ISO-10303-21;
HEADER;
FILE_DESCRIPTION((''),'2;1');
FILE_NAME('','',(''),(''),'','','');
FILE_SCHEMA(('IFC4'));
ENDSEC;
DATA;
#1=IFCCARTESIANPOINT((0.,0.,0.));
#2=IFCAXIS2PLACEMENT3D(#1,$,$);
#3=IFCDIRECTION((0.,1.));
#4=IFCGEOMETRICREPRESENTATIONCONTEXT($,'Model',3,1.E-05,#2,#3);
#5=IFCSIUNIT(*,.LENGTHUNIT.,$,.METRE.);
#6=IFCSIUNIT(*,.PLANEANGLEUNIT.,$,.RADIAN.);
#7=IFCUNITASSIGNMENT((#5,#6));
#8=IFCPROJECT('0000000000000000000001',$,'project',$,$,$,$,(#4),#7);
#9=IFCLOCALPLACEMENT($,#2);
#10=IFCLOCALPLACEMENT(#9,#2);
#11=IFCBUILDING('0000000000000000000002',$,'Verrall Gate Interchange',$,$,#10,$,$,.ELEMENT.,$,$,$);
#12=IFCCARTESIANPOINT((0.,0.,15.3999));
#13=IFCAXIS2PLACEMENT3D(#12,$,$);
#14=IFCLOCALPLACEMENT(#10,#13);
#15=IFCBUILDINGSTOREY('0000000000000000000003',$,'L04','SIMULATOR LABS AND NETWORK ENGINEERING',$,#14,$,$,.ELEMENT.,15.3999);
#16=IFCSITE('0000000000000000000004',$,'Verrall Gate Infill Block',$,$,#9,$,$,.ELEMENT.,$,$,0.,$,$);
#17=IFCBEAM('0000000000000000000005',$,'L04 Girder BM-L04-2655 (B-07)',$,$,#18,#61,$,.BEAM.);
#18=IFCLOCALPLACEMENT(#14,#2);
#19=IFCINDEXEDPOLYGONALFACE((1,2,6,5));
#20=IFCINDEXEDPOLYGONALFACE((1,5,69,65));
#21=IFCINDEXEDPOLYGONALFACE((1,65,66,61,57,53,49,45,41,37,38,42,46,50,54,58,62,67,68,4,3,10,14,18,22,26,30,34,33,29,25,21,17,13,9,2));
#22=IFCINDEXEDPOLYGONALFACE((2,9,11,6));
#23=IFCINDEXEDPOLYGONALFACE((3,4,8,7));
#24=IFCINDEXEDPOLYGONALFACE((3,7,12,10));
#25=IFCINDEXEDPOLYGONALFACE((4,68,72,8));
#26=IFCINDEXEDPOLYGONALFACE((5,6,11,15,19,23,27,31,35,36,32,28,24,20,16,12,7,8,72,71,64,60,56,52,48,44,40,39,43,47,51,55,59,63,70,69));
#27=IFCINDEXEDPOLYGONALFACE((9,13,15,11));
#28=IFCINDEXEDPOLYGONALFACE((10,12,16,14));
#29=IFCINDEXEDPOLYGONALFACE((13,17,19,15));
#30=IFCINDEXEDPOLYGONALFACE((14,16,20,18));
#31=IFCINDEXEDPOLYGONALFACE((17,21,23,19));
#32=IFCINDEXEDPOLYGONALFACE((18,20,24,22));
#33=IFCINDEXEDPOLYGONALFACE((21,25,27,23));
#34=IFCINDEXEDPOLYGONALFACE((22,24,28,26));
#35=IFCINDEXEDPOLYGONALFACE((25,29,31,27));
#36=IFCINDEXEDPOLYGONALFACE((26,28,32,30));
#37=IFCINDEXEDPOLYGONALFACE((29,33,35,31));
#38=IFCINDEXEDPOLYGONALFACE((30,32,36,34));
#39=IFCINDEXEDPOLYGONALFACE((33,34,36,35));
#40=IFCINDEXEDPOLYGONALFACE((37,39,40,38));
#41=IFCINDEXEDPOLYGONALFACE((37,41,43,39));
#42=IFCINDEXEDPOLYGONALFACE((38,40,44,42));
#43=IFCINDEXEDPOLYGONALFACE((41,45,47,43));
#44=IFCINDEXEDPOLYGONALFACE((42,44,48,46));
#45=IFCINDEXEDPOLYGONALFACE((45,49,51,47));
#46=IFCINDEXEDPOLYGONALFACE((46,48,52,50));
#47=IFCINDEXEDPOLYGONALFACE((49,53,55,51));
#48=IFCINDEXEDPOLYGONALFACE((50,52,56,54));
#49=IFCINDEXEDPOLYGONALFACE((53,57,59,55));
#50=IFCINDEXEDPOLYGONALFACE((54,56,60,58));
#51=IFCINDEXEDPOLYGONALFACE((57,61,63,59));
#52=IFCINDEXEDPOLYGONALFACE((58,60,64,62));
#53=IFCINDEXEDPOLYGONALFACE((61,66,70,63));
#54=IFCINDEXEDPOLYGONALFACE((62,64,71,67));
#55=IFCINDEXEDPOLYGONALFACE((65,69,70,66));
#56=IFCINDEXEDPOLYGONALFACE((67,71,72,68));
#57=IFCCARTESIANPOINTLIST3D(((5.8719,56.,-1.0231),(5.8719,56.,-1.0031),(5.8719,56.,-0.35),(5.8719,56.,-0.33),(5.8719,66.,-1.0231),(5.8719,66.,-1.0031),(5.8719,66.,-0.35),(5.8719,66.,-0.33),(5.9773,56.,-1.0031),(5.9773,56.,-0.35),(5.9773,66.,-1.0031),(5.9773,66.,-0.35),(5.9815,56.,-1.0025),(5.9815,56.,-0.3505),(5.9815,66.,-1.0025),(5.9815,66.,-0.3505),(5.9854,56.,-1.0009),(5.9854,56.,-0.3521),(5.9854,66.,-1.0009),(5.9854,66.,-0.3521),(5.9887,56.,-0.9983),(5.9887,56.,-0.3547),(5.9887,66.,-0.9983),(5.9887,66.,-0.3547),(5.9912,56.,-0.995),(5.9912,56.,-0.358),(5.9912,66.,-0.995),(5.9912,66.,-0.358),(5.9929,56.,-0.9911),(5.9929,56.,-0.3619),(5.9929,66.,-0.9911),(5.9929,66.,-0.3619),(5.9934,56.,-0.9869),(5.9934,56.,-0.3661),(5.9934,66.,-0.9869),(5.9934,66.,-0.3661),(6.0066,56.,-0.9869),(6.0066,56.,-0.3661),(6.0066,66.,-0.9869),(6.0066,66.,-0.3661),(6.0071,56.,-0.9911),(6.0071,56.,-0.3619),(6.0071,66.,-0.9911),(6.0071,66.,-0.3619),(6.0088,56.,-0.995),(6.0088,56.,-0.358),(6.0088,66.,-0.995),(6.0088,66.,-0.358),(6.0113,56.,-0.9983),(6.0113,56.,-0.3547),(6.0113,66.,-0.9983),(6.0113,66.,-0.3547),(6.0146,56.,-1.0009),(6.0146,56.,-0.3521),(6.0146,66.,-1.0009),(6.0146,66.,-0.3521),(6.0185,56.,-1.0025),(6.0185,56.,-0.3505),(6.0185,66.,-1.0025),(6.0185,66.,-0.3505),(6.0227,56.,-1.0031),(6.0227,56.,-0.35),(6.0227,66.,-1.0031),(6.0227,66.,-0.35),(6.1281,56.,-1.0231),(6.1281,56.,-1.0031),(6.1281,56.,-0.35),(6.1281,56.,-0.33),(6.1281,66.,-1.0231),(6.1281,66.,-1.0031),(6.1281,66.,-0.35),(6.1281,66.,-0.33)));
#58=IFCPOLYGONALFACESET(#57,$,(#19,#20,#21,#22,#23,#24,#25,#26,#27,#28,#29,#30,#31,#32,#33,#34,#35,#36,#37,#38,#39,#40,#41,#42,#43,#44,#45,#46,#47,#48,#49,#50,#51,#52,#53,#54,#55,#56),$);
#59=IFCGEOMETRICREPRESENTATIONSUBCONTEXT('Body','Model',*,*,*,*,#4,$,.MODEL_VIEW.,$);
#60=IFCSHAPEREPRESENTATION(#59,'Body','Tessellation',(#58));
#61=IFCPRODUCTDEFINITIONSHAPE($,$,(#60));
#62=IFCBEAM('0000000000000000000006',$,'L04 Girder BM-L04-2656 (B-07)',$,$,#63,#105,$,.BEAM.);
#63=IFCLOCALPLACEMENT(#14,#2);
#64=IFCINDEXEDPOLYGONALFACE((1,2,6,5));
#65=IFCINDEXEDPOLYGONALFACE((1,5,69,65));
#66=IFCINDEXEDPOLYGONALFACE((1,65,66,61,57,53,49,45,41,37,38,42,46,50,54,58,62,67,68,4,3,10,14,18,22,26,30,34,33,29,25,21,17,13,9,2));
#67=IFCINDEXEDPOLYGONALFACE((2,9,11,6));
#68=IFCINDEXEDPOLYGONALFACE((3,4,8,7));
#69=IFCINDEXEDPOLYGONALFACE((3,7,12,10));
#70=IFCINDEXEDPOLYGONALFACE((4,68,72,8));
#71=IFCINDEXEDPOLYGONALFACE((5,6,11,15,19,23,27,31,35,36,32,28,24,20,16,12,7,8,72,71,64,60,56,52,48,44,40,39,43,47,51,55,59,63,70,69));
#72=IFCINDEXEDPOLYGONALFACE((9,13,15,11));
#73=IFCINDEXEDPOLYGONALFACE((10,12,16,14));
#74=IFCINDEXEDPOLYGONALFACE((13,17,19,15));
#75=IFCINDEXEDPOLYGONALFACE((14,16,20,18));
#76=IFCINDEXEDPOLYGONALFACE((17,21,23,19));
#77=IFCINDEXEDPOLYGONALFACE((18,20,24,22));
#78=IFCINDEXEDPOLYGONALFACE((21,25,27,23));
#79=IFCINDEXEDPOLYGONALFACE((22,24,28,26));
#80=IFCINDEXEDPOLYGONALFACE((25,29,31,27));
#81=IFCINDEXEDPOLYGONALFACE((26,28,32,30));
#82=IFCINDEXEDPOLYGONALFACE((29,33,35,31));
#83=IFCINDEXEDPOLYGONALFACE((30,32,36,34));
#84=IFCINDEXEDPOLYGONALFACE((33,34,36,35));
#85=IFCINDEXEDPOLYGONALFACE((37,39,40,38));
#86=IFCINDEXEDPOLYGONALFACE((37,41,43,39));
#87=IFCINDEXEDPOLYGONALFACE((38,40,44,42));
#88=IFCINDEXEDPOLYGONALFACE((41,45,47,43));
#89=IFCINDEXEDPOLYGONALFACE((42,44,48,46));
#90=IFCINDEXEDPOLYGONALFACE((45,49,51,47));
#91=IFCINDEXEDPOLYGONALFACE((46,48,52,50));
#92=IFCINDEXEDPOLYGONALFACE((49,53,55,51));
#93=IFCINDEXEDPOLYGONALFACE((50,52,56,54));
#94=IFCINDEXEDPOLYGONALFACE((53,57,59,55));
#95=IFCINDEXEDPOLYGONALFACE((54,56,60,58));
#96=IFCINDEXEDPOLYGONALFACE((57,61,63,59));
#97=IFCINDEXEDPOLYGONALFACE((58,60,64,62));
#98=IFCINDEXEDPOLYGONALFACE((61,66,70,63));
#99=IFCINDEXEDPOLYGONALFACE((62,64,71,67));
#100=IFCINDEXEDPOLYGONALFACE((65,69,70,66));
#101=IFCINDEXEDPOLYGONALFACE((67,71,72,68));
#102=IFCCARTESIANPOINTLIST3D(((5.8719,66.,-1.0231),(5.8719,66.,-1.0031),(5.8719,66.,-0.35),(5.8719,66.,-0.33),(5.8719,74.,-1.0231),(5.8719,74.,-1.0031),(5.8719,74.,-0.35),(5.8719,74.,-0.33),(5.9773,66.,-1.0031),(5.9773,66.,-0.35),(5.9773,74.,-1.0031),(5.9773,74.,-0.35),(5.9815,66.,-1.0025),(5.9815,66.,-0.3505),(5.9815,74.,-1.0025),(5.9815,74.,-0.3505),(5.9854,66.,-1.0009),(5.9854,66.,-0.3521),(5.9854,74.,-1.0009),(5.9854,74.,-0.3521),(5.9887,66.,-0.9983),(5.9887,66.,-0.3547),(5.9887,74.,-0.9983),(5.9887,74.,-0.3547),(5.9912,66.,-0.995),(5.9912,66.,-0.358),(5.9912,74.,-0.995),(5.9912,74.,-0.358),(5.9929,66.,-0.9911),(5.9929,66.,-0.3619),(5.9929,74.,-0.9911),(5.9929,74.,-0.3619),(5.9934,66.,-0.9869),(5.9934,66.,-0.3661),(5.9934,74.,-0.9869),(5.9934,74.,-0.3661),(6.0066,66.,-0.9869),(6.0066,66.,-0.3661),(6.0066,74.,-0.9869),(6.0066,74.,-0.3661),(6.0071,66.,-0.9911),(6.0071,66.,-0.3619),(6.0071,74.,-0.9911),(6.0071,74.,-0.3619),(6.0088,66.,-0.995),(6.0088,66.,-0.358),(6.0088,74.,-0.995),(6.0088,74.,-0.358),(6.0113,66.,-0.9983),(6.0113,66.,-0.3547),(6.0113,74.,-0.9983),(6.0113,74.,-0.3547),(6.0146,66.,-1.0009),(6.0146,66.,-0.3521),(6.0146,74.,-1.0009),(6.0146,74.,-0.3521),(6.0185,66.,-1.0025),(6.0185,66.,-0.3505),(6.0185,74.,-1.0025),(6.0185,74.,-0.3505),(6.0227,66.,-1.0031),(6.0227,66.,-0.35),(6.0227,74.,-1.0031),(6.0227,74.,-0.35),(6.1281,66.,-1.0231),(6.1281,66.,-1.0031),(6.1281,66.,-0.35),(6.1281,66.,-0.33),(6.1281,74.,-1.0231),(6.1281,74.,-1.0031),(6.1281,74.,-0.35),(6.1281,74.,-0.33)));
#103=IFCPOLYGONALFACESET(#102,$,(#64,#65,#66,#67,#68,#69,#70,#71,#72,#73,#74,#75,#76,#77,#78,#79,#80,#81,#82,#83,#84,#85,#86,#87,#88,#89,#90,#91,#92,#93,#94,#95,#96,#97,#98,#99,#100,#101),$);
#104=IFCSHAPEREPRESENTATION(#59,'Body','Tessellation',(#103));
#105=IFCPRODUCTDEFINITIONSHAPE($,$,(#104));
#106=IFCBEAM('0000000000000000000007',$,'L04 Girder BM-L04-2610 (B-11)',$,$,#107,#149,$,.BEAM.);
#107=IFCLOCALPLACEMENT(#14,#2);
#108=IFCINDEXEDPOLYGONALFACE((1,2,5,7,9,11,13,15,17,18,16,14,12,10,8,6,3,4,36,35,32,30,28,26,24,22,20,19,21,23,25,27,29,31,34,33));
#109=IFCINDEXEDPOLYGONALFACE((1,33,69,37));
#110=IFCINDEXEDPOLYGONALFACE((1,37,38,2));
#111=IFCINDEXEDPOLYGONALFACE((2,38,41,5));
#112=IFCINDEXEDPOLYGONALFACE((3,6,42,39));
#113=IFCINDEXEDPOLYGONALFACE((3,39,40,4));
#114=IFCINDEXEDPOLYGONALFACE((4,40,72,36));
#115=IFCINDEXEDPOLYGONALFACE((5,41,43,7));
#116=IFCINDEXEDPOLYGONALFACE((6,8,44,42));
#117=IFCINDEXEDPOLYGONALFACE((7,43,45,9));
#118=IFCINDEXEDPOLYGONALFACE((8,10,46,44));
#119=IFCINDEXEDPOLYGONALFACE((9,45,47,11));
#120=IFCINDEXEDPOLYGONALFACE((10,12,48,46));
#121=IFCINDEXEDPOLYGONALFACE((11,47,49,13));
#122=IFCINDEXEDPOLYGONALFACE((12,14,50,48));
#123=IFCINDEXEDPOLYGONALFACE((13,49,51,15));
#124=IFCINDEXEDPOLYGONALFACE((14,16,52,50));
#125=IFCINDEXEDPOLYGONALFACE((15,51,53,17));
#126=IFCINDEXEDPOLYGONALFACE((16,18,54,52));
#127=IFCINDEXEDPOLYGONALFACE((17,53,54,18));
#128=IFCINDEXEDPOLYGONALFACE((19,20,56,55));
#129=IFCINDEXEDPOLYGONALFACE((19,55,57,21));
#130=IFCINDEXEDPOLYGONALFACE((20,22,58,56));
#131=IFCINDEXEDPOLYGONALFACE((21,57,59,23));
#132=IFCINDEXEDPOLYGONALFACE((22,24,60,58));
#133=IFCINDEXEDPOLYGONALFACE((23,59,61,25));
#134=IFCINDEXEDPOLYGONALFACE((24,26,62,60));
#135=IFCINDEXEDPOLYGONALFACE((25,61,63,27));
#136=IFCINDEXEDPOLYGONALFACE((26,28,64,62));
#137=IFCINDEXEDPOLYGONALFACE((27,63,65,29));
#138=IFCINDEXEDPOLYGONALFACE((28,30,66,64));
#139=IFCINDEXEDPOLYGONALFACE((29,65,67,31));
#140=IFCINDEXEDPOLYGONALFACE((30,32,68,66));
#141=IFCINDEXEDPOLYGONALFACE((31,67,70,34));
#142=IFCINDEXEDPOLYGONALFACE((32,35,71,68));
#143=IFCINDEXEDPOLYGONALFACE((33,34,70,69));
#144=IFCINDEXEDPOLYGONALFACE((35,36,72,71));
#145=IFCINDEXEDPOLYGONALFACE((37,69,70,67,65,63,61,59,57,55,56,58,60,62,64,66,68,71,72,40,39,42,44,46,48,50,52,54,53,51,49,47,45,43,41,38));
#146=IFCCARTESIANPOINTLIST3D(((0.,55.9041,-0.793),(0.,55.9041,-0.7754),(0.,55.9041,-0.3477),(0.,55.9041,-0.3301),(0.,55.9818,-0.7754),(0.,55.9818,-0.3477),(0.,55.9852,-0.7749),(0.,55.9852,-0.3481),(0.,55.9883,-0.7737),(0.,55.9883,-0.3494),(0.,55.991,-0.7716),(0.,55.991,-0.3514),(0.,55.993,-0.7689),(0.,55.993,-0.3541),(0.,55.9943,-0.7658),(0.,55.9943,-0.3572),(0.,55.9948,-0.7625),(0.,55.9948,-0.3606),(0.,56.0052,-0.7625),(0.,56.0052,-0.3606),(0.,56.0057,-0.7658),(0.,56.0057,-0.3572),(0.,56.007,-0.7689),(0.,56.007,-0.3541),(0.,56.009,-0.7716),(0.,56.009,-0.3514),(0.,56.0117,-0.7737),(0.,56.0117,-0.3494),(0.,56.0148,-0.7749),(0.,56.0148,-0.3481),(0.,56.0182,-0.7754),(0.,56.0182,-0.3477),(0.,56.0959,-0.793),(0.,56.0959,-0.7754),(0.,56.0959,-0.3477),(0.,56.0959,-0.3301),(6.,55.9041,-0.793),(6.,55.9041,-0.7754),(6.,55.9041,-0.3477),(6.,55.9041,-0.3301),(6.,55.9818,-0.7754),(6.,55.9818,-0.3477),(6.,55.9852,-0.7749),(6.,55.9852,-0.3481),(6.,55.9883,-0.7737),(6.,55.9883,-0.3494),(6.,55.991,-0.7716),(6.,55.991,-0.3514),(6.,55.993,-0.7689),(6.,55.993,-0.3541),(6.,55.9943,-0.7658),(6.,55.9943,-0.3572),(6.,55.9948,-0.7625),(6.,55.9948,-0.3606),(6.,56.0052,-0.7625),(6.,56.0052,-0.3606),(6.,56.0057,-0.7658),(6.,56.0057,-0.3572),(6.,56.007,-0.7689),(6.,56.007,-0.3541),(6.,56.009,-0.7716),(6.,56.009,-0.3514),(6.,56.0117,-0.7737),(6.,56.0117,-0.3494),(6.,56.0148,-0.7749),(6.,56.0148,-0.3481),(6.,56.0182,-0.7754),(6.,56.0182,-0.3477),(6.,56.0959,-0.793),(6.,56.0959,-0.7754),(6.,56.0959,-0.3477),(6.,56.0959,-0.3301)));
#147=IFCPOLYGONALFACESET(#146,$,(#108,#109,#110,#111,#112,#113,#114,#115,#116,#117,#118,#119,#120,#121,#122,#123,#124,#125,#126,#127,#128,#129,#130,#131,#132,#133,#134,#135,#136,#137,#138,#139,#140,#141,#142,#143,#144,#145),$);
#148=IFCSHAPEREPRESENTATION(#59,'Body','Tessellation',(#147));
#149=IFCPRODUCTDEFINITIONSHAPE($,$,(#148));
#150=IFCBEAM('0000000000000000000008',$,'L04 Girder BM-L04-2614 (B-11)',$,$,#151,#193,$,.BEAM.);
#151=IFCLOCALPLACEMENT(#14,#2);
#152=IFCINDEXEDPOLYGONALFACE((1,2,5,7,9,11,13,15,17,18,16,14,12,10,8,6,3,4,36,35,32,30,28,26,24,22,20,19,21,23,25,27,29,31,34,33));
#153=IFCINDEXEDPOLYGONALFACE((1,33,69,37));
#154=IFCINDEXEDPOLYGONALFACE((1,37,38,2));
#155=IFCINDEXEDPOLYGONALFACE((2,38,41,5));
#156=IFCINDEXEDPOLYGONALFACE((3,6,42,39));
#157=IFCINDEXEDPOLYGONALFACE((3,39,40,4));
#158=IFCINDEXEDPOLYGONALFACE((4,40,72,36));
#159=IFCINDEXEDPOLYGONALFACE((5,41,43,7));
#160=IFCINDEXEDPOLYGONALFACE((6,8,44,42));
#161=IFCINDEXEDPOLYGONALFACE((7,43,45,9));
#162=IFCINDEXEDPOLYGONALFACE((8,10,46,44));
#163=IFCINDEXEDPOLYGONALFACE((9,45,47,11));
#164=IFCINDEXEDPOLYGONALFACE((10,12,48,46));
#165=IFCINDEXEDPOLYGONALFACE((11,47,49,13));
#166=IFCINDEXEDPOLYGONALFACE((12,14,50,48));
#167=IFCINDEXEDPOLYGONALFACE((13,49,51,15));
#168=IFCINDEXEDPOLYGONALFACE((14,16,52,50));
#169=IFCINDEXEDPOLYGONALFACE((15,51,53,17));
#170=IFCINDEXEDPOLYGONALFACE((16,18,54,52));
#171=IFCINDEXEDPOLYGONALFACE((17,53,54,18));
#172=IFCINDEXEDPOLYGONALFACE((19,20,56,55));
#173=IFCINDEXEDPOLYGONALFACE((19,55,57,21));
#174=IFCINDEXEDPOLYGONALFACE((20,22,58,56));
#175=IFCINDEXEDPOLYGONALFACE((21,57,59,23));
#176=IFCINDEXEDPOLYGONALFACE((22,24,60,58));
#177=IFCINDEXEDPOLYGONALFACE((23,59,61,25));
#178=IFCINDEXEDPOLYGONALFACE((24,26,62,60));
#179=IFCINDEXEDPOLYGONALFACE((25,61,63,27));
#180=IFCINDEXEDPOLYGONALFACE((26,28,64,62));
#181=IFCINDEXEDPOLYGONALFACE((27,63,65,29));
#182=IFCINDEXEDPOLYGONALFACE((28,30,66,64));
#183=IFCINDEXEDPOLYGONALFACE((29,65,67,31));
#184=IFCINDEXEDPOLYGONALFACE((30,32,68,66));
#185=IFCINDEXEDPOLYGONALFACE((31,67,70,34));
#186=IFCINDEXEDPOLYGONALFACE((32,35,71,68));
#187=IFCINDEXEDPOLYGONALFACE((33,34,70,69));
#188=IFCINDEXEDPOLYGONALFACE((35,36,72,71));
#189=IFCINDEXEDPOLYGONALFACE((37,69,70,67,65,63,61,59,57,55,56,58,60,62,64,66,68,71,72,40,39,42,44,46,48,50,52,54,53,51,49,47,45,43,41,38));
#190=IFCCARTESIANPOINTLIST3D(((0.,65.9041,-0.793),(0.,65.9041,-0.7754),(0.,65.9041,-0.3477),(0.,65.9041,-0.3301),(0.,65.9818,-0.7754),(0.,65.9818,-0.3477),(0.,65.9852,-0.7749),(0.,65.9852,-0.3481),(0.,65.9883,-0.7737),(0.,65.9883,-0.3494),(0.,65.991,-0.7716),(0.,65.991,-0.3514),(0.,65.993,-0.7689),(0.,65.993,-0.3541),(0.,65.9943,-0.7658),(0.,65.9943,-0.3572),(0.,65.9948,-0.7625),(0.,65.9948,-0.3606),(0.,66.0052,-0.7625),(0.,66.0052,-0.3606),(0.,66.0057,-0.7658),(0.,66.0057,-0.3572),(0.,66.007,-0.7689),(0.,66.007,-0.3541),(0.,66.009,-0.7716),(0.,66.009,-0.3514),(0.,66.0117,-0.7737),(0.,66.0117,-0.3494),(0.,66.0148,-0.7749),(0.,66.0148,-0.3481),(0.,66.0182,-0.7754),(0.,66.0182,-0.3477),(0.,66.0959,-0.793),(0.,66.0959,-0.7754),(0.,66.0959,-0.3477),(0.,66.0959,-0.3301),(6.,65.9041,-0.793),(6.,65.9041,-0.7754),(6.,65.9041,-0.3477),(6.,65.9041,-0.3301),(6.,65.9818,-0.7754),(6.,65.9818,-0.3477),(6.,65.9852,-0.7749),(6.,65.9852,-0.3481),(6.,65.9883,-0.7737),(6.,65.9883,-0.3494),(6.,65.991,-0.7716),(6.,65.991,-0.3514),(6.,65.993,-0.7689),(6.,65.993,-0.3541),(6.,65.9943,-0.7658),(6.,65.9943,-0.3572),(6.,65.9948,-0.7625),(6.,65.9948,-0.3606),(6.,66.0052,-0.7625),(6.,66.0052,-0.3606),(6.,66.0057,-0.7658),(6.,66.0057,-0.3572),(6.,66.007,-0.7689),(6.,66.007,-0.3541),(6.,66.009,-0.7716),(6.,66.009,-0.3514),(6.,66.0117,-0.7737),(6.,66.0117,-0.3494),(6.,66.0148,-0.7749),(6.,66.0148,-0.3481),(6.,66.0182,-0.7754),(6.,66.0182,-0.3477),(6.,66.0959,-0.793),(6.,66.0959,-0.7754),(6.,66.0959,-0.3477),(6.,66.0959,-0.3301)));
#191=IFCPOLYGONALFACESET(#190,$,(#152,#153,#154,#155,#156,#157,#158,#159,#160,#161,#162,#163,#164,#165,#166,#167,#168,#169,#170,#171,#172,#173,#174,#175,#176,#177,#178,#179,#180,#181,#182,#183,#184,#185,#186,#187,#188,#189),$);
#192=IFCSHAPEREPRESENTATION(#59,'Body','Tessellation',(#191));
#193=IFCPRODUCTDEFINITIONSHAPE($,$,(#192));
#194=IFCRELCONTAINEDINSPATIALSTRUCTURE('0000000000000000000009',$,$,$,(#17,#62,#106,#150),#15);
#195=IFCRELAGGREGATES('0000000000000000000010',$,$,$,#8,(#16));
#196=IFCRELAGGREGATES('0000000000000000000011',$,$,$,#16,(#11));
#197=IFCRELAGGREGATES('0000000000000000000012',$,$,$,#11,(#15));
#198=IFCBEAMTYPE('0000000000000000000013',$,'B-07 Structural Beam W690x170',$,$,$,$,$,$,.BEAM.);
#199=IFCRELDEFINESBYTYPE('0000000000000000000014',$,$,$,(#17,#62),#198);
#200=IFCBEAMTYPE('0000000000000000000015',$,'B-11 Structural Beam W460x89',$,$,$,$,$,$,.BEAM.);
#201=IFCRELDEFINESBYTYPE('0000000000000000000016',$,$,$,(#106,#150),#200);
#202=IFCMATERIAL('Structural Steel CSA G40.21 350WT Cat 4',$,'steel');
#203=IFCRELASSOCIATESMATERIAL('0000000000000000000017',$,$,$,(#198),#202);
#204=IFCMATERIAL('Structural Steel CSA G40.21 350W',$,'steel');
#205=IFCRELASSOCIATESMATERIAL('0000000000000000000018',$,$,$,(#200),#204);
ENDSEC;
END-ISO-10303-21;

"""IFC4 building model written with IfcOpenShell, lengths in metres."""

from ifc_helpers import new_model, si_unit, direction, frame, origin, origin_2d, place, context, subcontext, project, spatial, i_section, extrude, material, material_profile, profile_set, type_object, element, save


model = new_model("IFC4")

# Units and contexts
model_context = context("Model", 3, precision=1e-05, world=origin(), true_north=direction((0.0, 1.0)))
body_context = subcontext(model_context, "Body", "Model", "MODEL_VIEW")
ifc_project = project(units=[si_unit("LENGTHUNIT", "METRE"), si_unit("PLANEANGLEUNIT", "RADIAN")], contexts=[model_context])

# Site, building, storey
site_placement = place(None, origin())
site = spatial("IfcSite", under=ifc_project, at=site_placement, Name="Verrall Gate Infill Block", CompositionType="ELEMENT", RefElevation=0.0)
building_placement = place(site_placement, origin())
building = spatial("IfcBuilding", under=site, at=building_placement, Name="Verrall Gate Interchange", CompositionType="ELEMENT")
storey_placement = place(building_placement, frame((0.0, 0.0, 15.3999)))
storey = spatial("IfcBuildingStorey", under=building, at=storey_placement, Name="L04", Description="SIMULATOR LABS AND NETWORK ENGINEERING", CompositionType="ELEMENT", Elevation=15.3999)

# Beams
ifc_material_1 = material(Name="Structural Steel CSA G40.21 350WT Cat 4", Category="steel")
ifc_material_profile_1 = material_profile(ifc_material_1, i_section(OverallWidth=0.2561, OverallDepth=0.6931, WebThickness=0.0132, FlangeThickness=0.02, FilletRadius=0.0161, at=origin_2d()), Name="W690x170")
ifc_profile_set_1 = profile_set([ifc_material_profile_1], Name="Structural Steel CSA G40.21 350WT Cat 4")
beam_type_1 = type_object("IfcBeamType", Name="B-07 Structural Beam W690x170", PredefinedType="BEAM", material=ifc_profile_set_1)
beam_1_placement = place(storey_placement, frame((6.0, 56.0, -0.6765), z_axis=(0.0, 1.0, 0.0), x_axis=(-1.0, 0.0, 0.0)))
element("IfcBeam", 1, at=beam_1_placement, inside=storey, type_object=beam_type_1, Name="L04 Girder BM-L04-2655 (B-07)", PredefinedType="BEAM", context=body_context, shape_type="SweptSolid", body=[
    extrude(i_section(OverallWidth=0.2561, OverallDepth=0.6931, WebThickness=0.0132, FlangeThickness=0.02, FilletRadius=0.0161, at=origin_2d()), origin(), (0.0, 0.0, 1.0), 10.0),
])
beam_2_placement = place(storey_placement, frame((6.0, 66.0, -0.6765), z_axis=(0.0, 1.0, 0.0), x_axis=(-1.0, 0.0, 0.0)))
element("IfcBeam", 2, at=beam_2_placement, inside=storey, type_object=beam_type_1, Name="L04 Girder BM-L04-2656 (B-07)", PredefinedType="BEAM", context=body_context, shape_type="SweptSolid", body=[
    extrude(i_section(OverallWidth=0.2561, OverallDepth=0.6931, WebThickness=0.0132, FlangeThickness=0.02, FilletRadius=0.0161, at=origin_2d()), origin(), (0.0, 0.0, 1.0), 8.0),
])
ifc_material_2 = material(Name="Structural Steel CSA G40.21 350W", Category="steel")
ifc_material_profile_2 = material_profile(ifc_material_2, i_section(OverallWidth=0.1919, OverallDepth=0.4629, WebThickness=0.0105, FlangeThickness=0.0176, FilletRadius=0.0129, at=origin_2d()), Name="W460x89")
ifc_profile_set_2 = profile_set([ifc_material_profile_2], Name="Structural Steel CSA G40.21 350W")
beam_type_2 = type_object("IfcBeamType", Name="B-11 Structural Beam W460x89", PredefinedType="BEAM", material=ifc_profile_set_2)
for number, where, z_axis, x_axis, name in (
    (3, (0.0, 56.0, -0.5615), (1.0, 0.0, 0.0), (0.0, 1.0, 0.0), "L04 Girder BM-L04-2610 (B-11)"),
    (4, (0.0, 66.0, -0.5615), (1.0, 0.0, 0.0), (0.0, 1.0, 0.0), "L04 Girder BM-L04-2614 (B-11)"),
):
    element("IfcBeam", number, at=place(storey_placement, frame(where, z_axis=z_axis, x_axis=x_axis)), inside=storey, type_object=beam_type_2, Name=name, PredefinedType="BEAM", context=body_context, shape_type="SweptSolid", body=[
        extrude(i_section(OverallWidth=0.1919, OverallDepth=0.4629, WebThickness=0.0105, FlangeThickness=0.0176, FilletRadius=0.0129, at=origin_2d()), origin(), (0.0, 0.0, 1.0), 6.0),
    ])

save(model, "model.ifc")
